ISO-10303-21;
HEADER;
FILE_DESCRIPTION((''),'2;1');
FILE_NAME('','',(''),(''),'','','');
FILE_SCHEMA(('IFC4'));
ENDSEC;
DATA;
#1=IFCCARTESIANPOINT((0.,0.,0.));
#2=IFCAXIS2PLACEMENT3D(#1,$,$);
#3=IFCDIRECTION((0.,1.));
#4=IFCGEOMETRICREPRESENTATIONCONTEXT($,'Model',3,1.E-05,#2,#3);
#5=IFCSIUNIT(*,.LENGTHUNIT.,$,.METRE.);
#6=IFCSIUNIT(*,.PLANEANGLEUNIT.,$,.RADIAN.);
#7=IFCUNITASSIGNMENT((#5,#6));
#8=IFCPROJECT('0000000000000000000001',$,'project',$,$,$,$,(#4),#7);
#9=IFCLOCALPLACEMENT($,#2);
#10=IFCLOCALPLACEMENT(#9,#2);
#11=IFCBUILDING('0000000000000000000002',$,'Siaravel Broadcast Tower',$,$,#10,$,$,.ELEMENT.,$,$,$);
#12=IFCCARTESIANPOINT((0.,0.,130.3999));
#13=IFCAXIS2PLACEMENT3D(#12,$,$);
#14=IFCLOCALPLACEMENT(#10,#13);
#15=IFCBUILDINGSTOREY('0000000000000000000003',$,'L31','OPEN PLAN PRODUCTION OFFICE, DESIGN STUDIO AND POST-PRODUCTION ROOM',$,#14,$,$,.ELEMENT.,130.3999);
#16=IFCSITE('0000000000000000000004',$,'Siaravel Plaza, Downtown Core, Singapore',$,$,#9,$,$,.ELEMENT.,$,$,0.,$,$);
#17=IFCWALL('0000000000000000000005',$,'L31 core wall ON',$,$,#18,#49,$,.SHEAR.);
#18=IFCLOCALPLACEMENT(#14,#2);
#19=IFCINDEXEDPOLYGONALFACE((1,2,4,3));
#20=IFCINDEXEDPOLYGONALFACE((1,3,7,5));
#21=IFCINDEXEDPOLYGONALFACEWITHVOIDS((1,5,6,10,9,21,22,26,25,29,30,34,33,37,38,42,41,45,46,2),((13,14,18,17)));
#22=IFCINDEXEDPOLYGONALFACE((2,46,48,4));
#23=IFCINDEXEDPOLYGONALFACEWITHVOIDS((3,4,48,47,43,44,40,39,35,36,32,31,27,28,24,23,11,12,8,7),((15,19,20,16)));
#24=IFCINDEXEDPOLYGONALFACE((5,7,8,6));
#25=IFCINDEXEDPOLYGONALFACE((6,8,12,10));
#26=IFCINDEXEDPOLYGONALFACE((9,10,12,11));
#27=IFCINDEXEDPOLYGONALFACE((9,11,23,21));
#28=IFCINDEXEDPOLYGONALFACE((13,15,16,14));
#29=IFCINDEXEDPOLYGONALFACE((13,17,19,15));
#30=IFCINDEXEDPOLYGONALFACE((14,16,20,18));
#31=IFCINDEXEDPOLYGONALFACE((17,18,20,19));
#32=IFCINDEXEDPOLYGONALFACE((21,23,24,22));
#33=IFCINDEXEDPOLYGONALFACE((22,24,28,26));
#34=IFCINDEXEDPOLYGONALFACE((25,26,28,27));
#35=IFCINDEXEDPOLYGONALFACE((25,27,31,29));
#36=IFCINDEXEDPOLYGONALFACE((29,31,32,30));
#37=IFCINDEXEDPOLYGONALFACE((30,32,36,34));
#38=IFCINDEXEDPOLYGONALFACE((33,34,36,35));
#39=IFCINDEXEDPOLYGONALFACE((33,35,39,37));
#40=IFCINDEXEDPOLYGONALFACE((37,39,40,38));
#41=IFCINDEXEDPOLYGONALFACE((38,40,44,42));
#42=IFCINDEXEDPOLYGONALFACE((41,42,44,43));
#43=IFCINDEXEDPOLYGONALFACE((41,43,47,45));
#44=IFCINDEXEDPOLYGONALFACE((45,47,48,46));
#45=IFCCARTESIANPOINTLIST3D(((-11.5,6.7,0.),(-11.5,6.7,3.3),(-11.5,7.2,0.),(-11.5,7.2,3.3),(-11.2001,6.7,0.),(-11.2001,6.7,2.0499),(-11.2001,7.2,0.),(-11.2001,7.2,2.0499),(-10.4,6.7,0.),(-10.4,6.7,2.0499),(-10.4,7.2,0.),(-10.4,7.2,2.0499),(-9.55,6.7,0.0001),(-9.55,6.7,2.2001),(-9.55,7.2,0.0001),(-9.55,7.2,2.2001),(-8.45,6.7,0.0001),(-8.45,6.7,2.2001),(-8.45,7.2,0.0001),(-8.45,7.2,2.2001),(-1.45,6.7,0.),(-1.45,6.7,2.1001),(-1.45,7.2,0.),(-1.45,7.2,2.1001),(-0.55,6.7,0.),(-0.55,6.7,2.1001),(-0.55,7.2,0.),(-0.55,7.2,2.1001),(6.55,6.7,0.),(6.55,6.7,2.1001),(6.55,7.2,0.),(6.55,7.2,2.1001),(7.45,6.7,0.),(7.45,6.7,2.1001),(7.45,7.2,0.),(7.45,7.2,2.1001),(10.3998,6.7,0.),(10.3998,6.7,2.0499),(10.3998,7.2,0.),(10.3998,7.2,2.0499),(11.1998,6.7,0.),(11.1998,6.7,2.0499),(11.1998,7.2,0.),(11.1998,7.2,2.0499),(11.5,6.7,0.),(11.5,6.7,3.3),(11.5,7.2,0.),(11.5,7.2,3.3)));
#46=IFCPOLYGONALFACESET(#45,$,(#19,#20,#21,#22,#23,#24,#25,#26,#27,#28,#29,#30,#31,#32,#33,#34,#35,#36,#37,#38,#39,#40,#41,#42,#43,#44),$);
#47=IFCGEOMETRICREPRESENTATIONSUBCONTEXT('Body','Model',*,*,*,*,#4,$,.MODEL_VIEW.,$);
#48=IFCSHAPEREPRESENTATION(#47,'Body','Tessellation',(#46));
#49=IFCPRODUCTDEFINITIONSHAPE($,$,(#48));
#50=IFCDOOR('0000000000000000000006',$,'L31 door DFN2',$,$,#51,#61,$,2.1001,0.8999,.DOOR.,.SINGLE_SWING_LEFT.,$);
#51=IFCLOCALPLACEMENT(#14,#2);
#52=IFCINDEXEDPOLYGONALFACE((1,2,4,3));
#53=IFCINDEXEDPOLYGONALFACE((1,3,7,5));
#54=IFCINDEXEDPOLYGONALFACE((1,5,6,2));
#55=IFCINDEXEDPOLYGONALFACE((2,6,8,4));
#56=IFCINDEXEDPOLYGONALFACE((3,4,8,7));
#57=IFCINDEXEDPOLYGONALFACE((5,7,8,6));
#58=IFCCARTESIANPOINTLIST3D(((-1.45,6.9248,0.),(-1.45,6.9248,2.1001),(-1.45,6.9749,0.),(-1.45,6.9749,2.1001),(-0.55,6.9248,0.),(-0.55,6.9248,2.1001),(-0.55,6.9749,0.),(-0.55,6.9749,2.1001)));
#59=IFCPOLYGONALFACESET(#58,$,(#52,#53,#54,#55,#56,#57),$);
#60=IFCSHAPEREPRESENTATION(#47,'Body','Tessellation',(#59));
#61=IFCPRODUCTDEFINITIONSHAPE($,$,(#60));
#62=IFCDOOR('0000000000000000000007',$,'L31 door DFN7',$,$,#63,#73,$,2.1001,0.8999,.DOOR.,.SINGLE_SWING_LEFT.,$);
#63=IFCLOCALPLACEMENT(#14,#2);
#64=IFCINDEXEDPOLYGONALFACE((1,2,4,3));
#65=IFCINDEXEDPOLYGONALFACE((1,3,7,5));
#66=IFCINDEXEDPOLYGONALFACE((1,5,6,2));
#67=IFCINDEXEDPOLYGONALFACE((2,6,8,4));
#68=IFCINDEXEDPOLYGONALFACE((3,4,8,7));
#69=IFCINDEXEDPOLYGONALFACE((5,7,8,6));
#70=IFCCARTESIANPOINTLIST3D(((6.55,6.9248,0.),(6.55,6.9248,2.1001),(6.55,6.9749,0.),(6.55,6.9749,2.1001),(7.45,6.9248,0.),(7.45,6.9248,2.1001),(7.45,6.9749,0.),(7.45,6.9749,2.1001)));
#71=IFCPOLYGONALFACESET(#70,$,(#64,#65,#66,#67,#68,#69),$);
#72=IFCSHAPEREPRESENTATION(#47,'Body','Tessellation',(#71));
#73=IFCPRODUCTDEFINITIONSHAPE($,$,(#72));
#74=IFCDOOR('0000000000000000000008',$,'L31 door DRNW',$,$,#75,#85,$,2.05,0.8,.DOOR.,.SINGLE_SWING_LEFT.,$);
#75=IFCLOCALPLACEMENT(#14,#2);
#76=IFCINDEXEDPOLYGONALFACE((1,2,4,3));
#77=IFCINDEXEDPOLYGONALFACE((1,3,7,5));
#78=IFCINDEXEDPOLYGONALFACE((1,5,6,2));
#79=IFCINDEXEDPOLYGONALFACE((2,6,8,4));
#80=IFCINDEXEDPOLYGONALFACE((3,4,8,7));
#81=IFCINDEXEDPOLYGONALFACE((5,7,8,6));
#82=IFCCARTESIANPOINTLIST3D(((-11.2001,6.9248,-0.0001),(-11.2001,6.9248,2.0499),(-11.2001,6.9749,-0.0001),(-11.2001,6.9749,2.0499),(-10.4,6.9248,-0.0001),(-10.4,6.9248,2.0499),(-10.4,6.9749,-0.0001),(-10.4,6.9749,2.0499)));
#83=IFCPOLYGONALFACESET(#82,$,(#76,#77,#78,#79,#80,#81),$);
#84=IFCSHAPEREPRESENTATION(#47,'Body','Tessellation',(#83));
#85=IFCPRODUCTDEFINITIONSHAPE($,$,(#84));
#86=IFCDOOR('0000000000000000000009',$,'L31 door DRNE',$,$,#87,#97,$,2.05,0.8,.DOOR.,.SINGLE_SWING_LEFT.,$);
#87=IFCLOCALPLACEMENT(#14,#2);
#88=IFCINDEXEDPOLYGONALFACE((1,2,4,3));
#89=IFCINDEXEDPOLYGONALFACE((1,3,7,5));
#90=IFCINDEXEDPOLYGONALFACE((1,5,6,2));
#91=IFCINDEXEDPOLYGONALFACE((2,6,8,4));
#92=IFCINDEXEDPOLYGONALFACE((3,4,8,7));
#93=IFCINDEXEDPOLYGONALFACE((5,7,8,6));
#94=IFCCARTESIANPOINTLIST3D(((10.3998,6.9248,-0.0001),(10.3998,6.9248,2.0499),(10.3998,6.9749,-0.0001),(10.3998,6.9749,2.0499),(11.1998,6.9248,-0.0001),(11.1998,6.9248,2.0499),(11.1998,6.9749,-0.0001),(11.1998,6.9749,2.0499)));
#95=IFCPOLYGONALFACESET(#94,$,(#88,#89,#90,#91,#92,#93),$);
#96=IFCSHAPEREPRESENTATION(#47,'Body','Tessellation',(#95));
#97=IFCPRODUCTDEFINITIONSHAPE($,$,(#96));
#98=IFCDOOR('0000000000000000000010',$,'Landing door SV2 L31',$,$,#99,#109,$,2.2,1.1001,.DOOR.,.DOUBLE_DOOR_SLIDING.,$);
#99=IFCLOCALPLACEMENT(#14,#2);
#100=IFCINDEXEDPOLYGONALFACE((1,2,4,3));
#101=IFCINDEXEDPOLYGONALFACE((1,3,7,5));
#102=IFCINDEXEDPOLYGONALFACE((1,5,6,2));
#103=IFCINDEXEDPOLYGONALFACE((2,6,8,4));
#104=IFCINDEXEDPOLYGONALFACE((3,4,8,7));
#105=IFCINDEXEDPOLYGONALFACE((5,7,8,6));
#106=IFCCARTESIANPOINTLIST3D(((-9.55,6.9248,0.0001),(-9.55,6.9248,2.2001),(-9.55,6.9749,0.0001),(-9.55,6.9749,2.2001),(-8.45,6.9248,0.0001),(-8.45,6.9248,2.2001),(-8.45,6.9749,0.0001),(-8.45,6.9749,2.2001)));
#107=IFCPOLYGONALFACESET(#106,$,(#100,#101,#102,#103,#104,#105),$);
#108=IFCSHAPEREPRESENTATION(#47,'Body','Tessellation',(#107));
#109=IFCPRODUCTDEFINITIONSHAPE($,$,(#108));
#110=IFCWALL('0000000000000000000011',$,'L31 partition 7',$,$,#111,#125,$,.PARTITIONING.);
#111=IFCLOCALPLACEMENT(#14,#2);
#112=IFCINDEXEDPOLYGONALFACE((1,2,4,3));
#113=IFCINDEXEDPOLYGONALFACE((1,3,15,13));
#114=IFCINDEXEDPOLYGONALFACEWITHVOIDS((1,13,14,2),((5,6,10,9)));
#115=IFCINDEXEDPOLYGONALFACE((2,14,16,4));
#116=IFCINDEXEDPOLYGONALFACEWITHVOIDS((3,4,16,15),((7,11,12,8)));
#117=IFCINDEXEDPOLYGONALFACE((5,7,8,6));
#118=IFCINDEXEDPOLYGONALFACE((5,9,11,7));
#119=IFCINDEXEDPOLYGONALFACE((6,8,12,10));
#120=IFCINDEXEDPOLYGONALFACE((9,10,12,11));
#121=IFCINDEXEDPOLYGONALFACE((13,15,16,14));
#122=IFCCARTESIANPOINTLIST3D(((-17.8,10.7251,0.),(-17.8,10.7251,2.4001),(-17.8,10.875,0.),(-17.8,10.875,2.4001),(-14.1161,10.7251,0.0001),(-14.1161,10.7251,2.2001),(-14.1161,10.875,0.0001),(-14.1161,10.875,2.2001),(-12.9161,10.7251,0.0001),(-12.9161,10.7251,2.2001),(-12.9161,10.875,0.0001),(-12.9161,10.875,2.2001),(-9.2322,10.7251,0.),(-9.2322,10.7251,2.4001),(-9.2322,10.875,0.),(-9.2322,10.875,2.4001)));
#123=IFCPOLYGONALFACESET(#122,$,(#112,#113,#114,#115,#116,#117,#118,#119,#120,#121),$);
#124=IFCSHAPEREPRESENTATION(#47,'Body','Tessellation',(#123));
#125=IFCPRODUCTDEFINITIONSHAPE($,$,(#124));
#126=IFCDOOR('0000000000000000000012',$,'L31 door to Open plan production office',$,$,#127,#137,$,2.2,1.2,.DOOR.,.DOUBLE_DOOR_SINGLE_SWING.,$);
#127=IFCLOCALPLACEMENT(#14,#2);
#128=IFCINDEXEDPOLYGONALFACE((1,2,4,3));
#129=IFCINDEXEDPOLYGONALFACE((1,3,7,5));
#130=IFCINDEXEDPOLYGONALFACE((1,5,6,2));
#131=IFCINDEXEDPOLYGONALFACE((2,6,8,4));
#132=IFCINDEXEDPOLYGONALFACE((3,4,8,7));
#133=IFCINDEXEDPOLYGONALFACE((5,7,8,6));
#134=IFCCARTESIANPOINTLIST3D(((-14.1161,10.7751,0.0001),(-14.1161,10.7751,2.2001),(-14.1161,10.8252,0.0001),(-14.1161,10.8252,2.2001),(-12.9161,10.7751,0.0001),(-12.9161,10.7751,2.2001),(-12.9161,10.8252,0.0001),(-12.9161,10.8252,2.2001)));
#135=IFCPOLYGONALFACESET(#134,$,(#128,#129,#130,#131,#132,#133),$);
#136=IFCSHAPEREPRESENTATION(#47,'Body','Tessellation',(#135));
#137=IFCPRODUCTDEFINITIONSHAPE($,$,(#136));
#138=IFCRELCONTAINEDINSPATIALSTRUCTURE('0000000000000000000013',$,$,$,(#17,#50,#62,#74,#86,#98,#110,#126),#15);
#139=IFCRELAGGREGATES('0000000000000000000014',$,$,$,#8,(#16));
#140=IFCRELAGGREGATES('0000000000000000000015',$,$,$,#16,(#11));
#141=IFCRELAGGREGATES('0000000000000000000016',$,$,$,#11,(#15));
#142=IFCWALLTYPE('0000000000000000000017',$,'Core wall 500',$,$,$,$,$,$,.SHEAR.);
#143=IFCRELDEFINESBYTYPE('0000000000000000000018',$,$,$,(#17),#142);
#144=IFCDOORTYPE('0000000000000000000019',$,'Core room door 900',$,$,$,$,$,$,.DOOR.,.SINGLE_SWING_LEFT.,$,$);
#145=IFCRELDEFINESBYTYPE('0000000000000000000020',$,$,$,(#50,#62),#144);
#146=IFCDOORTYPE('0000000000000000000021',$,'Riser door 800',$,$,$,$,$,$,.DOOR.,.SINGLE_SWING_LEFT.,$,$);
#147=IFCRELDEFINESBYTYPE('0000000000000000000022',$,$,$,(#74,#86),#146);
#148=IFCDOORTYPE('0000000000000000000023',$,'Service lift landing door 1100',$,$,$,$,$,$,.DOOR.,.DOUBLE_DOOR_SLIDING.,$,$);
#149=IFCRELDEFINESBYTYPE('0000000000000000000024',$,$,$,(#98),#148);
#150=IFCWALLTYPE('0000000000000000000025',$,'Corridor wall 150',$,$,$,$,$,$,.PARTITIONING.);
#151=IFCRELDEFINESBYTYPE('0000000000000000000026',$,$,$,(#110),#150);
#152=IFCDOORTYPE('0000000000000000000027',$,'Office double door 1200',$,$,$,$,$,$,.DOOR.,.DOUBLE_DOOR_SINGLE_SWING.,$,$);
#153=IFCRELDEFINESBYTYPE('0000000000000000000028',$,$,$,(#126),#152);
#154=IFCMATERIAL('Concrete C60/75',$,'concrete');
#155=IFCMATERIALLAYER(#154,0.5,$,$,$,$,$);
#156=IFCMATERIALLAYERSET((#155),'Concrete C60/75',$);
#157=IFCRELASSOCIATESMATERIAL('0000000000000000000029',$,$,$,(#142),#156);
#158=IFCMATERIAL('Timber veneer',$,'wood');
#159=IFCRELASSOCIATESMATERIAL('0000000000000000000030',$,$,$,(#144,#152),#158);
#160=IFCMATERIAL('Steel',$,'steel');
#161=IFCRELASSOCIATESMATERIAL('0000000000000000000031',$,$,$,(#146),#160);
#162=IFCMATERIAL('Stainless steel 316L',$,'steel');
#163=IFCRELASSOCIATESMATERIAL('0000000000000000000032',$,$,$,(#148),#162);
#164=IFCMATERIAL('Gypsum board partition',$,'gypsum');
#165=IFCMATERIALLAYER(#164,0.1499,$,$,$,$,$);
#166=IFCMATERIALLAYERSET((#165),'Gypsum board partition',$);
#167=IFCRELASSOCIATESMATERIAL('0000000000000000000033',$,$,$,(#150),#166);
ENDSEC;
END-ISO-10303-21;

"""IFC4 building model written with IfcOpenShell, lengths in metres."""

from ifc_helpers import new_model, si_unit, direction, frame, frame_2d, origin, place, context, subcontext, project, spatial, rectangle, extrude, material, layer, layer_set, type_object, element, fill, save


model = new_model("IFC4")

# Units and contexts
model_context = context("Model", 3, precision=1e-05, world=origin(), true_north=direction((0.0, 1.0)))
body_context = subcontext(model_context, "Body", "Model", "MODEL_VIEW")
ifc_project = project(units=[si_unit("LENGTHUNIT", "METRE"), si_unit("PLANEANGLEUNIT", "RADIAN")], contexts=[model_context])

# Site, building, storey
site_placement = place(None, origin())
site = spatial("IfcSite", under=ifc_project, at=site_placement, Name="Siaravel Plaza, Downtown Core, Singapore", CompositionType="ELEMENT", RefElevation=0.0)
building_placement = place(site_placement, origin())
building = spatial("IfcBuilding", under=site, at=building_placement, Name="Siaravel Broadcast Tower", CompositionType="ELEMENT")
storey_placement = place(building_placement, frame((0.0, 0.0, 130.3999)))
storey = spatial("IfcBuildingStorey", under=building, at=storey_placement, Name="L31", Description="OPEN PLAN PRODUCTION OFFICE, DESIGN STUDIO AND POST-PRODUCTION ROOM", CompositionType="ELEMENT", Elevation=130.3999)

# Shared definitions
ifc_material_1 = material(Name="Concrete C60/75", Category="concrete")

# Wall, openings, doors
ifc_layer_1 = layer(ifc_material_1, 0.5)
ifc_layer_set_1 = layer_set([ifc_layer_1], Name="Concrete C60/75")
wall_type_1 = type_object("IfcWallType", Name="Core wall 500", PredefinedType="SHEAR", material=ifc_layer_set_1)
wall_1_placement = place(storey_placement, frame((-11.5, 6.95, 0.0), z_axis=(0.0, 0.0, 1.0), x_axis=(1.0, 0.0, 0.0)))
wall_1 = element("IfcWall", 1, at=wall_1_placement, inside=storey, type_object=wall_type_1, Name="L31 core wall ON", PredefinedType="SHEAR", context=body_context, shape_type="SweptSolid", body=[
    extrude(rectangle(XDim=23.0, YDim=0.5, at=frame_2d((11.5, 0.0))), origin(), (0.0, 0.0, 1.0), 3.3),
])
opening_1_placement = place(wall_1_placement, frame((1.95, 0.0, 0.0)))
opening_1 = element("IfcOpeningElement", 2, at=opening_1_placement, cuts=wall_1, PredefinedType="OPENING", context=body_context, shape_type="SweptSolid", body=[
    extrude(rectangle(XDim=1.1001, YDim=2.2, at=frame_2d((0.55, 1.1001))), frame((0.0, 0.26, 0.0), z_axis=(0.0, -1.0, 0.0), x_axis=(1.0, 0.0, 0.0)), (0.0, 0.0, 1.0), 0.52),
])
opening_2_placement = place(wall_1_placement, frame((10.05, 0.0, 0.0)))
opening_2 = element("IfcOpeningElement", 3, at=opening_2_placement, cuts=wall_1, PredefinedType="OPENING", context=body_context, shape_type="SweptSolid", body=[
    extrude(rectangle(XDim=0.8999, YDim=2.1001, at=frame_2d((0.45, 1.05))), frame((0.0, 0.26, 0.0), z_axis=(0.0, -1.0, 0.0), x_axis=(1.0, 0.0, 0.0)), (0.0, 0.0, 1.0), 0.52),
])
opening_3_placement = place(wall_1_placement, frame((18.05, 0.0, 0.0)))
opening_3 = element("IfcOpeningElement", 4, at=opening_3_placement, cuts=wall_1, PredefinedType="OPENING", context=body_context, shape_type="SweptSolid", body=[
    extrude(rectangle(XDim=0.8999, YDim=2.1001, at=frame_2d((0.45, 1.05))), frame((0.0, 0.26, 0.0), z_axis=(0.0, -1.0, 0.0), x_axis=(1.0, 0.0, 0.0)), (0.0, 0.0, 1.0), 0.52),
])
opening_4_placement = place(wall_1_placement, frame((0.3, 0.0, 0.0)))
opening_4 = element("IfcOpeningElement", 5, at=opening_4_placement, cuts=wall_1, PredefinedType="OPENING", context=body_context, shape_type="SweptSolid", body=[
    extrude(rectangle(XDim=0.8, YDim=2.05, at=frame_2d((0.3999, 1.0249))), frame((0.0, 0.26, 0.0), z_axis=(0.0, -1.0, 0.0), x_axis=(1.0, 0.0, 0.0)), (0.0, 0.0, 1.0), 0.52),
])
opening_5_placement = place(wall_1_placement, frame((21.8999, 0.0, 0.0)))
opening_5 = element("IfcOpeningElement", 6, at=opening_5_placement, cuts=wall_1, PredefinedType="OPENING", context=body_context, shape_type="SweptSolid", body=[
    extrude(rectangle(XDim=0.8, YDim=2.05, at=frame_2d((0.3999, 1.0249))), frame((0.0, 0.26, 0.0), z_axis=(0.0, -1.0, 0.0), x_axis=(1.0, 0.0, 0.0)), (0.0, 0.0, 1.0), 0.52),
])
ifc_material_2 = material(Name="Timber veneer", Category="wood")
door_type_1 = type_object("IfcDoorType", Name="Core room door 900", OperationType="SINGLE_SWING_LEFT", PredefinedType="DOOR", material=ifc_material_2)
door_1_placement = place(opening_2_placement, origin())
door_1 = element("IfcDoor", 7, at=door_1_placement, inside=storey, type_object=door_type_1, Name="L31 door DFN2", OperationType="SINGLE_SWING_LEFT", OverallHeight=2.1001, OverallWidth=0.8999, PredefinedType="DOOR", context=body_context, shape_type="SweptSolid", body=[
    extrude(rectangle(XDim=0.8999, YDim=2.1001, at=frame_2d((0.45, 1.05))), frame((0.0, 0.0249, 0.0), z_axis=(0.0, -1.0, 0.0), x_axis=(1.0, 0.0, 0.0)), (0.0, 0.0, 1.0), 0.05),
])
fill(opening_2, door_1)
door_2_placement = place(opening_3_placement, origin())
door_2 = element("IfcDoor", 8, at=door_2_placement, inside=storey, type_object=door_type_1, Name="L31 door DFN7", OperationType="SINGLE_SWING_LEFT", OverallHeight=2.1001, OverallWidth=0.8999, PredefinedType="DOOR", context=body_context, shape_type="SweptSolid", body=[
    extrude(rectangle(XDim=0.8999, YDim=2.1001, at=frame_2d((0.45, 1.05))), frame((0.0, 0.0249, 0.0), z_axis=(0.0, -1.0, 0.0), x_axis=(1.0, 0.0, 0.0)), (0.0, 0.0, 1.0), 0.05),
])
fill(opening_3, door_2)
ifc_material_3 = material(Name="Steel", Category="steel")
door_type_2 = type_object("IfcDoorType", Name="Riser door 800", OperationType="SINGLE_SWING_LEFT", PredefinedType="DOOR", material=ifc_material_3)
door_3_placement = place(opening_4_placement, origin())
door_3 = element("IfcDoor", 9, at=door_3_placement, inside=storey, type_object=door_type_2, Name="L31 door DRNW", OperationType="SINGLE_SWING_LEFT", OverallHeight=2.05, OverallWidth=0.8, PredefinedType="DOOR", context=body_context, shape_type="SweptSolid", body=[
    extrude(rectangle(XDim=0.8, YDim=2.05, at=frame_2d((0.3999, 1.0249))), frame((0.0, 0.0249, 0.0), z_axis=(0.0, -1.0, 0.0), x_axis=(1.0, 0.0, 0.0)), (0.0, 0.0, 1.0), 0.05),
])
fill(opening_4, door_3)
door_4_placement = place(opening_5_placement, origin())
door_4 = element("IfcDoor", 10, at=door_4_placement, inside=storey, type_object=door_type_2, Name="L31 door DRNE", OperationType="SINGLE_SWING_LEFT", OverallHeight=2.05, OverallWidth=0.8, PredefinedType="DOOR", context=body_context, shape_type="SweptSolid", body=[
    extrude(rectangle(XDim=0.8, YDim=2.05, at=frame_2d((0.3999, 1.0249))), frame((0.0, 0.0249, 0.0), z_axis=(0.0, -1.0, 0.0), x_axis=(1.0, 0.0, 0.0)), (0.0, 0.0, 1.0), 0.05),
])
fill(opening_5, door_4)
ifc_material_4 = material(Name="Stainless steel 316L", Category="steel")
door_type_3 = type_object("IfcDoorType", Name="Service lift landing door 1100", OperationType="DOUBLE_DOOR_SLIDING", PredefinedType="DOOR", material=ifc_material_4)
door_5_placement = place(opening_1_placement, origin())
door_5 = element("IfcDoor", 11, at=door_5_placement, inside=storey, type_object=door_type_3, Name="Landing door SV2 L31", OperationType="DOUBLE_DOOR_SLIDING", OverallHeight=2.2, OverallWidth=1.1001, PredefinedType="DOOR", context=body_context, shape_type="SweptSolid", body=[
    extrude(rectangle(XDim=1.1001, YDim=2.2, at=frame_2d((0.55, 1.1001))), frame((0.0, 0.0249, 0.0), z_axis=(0.0, -1.0, 0.0), x_axis=(1.0, 0.0, 0.0)), (0.0, 0.0, 1.0), 0.05),
])
fill(opening_1, door_5)

# Wall, opening, door
ifc_material_5 = material(Name="Gypsum board partition", Category="gypsum")
ifc_layer_2 = layer(ifc_material_5, 0.1499)
ifc_layer_set_2 = layer_set([ifc_layer_2], Name="Gypsum board partition")
wall_type_2 = type_object("IfcWallType", Name="Corridor wall 150", PredefinedType="PARTITIONING", material=ifc_layer_set_2)
wall_2_placement = place(storey_placement, frame((-9.2322, 10.8, 0.0), z_axis=(0.0, 0.0, 1.0), x_axis=(-1.0, 0.0, 0.0)))
wall_2 = element("IfcWall", 12, at=wall_2_placement, inside=storey, type_object=wall_type_2, Name="L31 partition 7", PredefinedType="PARTITIONING", context=body_context, shape_type="SweptSolid", body=[
    extrude(rectangle(XDim=8.5679, YDim=0.1499, at=frame_2d((4.2839, 0.0))), origin(), (0.0, 0.0, 1.0), 2.4001),
])
opening_6_placement = place(wall_2_placement, frame((3.6838, 0.0, 0.0)))
opening_6 = element("IfcOpeningElement", 13, at=opening_6_placement, cuts=wall_2, PredefinedType="OPENING", context=body_context, shape_type="SweptSolid", body=[
    extrude(rectangle(XDim=1.2, YDim=2.2, at=frame_2d((0.6001, 1.1001))), frame((0.0, 0.085, 0.0), z_axis=(0.0, -1.0, 0.0), x_axis=(1.0, 0.0, 0.0)), (0.0, 0.0, 1.0), 0.1699),
])
door_type_4 = type_object("IfcDoorType", Name="Office double door 1200", OperationType="DOUBLE_DOOR_SINGLE_SWING", PredefinedType="DOOR", material=ifc_material_2)
door_6_placement = place(opening_6_placement, origin())
door_6 = element("IfcDoor", 14, at=door_6_placement, inside=storey, type_object=door_type_4, Name="L31 door to Open plan production office", OperationType="DOUBLE_DOOR_SINGLE_SWING", OverallHeight=2.2, OverallWidth=1.2, PredefinedType="DOOR", context=body_context, shape_type="SweptSolid", body=[
    extrude(rectangle(XDim=1.2, YDim=2.2, at=frame_2d((0.6001, 1.1001))), frame((0.0, 0.0249, 0.0), z_axis=(0.0, -1.0, 0.0), x_axis=(1.0, 0.0, 0.0)), (0.0, 0.0, 1.0), 0.05),
])
fill(opening_6, door_6)

save(model, "model.ifc")
